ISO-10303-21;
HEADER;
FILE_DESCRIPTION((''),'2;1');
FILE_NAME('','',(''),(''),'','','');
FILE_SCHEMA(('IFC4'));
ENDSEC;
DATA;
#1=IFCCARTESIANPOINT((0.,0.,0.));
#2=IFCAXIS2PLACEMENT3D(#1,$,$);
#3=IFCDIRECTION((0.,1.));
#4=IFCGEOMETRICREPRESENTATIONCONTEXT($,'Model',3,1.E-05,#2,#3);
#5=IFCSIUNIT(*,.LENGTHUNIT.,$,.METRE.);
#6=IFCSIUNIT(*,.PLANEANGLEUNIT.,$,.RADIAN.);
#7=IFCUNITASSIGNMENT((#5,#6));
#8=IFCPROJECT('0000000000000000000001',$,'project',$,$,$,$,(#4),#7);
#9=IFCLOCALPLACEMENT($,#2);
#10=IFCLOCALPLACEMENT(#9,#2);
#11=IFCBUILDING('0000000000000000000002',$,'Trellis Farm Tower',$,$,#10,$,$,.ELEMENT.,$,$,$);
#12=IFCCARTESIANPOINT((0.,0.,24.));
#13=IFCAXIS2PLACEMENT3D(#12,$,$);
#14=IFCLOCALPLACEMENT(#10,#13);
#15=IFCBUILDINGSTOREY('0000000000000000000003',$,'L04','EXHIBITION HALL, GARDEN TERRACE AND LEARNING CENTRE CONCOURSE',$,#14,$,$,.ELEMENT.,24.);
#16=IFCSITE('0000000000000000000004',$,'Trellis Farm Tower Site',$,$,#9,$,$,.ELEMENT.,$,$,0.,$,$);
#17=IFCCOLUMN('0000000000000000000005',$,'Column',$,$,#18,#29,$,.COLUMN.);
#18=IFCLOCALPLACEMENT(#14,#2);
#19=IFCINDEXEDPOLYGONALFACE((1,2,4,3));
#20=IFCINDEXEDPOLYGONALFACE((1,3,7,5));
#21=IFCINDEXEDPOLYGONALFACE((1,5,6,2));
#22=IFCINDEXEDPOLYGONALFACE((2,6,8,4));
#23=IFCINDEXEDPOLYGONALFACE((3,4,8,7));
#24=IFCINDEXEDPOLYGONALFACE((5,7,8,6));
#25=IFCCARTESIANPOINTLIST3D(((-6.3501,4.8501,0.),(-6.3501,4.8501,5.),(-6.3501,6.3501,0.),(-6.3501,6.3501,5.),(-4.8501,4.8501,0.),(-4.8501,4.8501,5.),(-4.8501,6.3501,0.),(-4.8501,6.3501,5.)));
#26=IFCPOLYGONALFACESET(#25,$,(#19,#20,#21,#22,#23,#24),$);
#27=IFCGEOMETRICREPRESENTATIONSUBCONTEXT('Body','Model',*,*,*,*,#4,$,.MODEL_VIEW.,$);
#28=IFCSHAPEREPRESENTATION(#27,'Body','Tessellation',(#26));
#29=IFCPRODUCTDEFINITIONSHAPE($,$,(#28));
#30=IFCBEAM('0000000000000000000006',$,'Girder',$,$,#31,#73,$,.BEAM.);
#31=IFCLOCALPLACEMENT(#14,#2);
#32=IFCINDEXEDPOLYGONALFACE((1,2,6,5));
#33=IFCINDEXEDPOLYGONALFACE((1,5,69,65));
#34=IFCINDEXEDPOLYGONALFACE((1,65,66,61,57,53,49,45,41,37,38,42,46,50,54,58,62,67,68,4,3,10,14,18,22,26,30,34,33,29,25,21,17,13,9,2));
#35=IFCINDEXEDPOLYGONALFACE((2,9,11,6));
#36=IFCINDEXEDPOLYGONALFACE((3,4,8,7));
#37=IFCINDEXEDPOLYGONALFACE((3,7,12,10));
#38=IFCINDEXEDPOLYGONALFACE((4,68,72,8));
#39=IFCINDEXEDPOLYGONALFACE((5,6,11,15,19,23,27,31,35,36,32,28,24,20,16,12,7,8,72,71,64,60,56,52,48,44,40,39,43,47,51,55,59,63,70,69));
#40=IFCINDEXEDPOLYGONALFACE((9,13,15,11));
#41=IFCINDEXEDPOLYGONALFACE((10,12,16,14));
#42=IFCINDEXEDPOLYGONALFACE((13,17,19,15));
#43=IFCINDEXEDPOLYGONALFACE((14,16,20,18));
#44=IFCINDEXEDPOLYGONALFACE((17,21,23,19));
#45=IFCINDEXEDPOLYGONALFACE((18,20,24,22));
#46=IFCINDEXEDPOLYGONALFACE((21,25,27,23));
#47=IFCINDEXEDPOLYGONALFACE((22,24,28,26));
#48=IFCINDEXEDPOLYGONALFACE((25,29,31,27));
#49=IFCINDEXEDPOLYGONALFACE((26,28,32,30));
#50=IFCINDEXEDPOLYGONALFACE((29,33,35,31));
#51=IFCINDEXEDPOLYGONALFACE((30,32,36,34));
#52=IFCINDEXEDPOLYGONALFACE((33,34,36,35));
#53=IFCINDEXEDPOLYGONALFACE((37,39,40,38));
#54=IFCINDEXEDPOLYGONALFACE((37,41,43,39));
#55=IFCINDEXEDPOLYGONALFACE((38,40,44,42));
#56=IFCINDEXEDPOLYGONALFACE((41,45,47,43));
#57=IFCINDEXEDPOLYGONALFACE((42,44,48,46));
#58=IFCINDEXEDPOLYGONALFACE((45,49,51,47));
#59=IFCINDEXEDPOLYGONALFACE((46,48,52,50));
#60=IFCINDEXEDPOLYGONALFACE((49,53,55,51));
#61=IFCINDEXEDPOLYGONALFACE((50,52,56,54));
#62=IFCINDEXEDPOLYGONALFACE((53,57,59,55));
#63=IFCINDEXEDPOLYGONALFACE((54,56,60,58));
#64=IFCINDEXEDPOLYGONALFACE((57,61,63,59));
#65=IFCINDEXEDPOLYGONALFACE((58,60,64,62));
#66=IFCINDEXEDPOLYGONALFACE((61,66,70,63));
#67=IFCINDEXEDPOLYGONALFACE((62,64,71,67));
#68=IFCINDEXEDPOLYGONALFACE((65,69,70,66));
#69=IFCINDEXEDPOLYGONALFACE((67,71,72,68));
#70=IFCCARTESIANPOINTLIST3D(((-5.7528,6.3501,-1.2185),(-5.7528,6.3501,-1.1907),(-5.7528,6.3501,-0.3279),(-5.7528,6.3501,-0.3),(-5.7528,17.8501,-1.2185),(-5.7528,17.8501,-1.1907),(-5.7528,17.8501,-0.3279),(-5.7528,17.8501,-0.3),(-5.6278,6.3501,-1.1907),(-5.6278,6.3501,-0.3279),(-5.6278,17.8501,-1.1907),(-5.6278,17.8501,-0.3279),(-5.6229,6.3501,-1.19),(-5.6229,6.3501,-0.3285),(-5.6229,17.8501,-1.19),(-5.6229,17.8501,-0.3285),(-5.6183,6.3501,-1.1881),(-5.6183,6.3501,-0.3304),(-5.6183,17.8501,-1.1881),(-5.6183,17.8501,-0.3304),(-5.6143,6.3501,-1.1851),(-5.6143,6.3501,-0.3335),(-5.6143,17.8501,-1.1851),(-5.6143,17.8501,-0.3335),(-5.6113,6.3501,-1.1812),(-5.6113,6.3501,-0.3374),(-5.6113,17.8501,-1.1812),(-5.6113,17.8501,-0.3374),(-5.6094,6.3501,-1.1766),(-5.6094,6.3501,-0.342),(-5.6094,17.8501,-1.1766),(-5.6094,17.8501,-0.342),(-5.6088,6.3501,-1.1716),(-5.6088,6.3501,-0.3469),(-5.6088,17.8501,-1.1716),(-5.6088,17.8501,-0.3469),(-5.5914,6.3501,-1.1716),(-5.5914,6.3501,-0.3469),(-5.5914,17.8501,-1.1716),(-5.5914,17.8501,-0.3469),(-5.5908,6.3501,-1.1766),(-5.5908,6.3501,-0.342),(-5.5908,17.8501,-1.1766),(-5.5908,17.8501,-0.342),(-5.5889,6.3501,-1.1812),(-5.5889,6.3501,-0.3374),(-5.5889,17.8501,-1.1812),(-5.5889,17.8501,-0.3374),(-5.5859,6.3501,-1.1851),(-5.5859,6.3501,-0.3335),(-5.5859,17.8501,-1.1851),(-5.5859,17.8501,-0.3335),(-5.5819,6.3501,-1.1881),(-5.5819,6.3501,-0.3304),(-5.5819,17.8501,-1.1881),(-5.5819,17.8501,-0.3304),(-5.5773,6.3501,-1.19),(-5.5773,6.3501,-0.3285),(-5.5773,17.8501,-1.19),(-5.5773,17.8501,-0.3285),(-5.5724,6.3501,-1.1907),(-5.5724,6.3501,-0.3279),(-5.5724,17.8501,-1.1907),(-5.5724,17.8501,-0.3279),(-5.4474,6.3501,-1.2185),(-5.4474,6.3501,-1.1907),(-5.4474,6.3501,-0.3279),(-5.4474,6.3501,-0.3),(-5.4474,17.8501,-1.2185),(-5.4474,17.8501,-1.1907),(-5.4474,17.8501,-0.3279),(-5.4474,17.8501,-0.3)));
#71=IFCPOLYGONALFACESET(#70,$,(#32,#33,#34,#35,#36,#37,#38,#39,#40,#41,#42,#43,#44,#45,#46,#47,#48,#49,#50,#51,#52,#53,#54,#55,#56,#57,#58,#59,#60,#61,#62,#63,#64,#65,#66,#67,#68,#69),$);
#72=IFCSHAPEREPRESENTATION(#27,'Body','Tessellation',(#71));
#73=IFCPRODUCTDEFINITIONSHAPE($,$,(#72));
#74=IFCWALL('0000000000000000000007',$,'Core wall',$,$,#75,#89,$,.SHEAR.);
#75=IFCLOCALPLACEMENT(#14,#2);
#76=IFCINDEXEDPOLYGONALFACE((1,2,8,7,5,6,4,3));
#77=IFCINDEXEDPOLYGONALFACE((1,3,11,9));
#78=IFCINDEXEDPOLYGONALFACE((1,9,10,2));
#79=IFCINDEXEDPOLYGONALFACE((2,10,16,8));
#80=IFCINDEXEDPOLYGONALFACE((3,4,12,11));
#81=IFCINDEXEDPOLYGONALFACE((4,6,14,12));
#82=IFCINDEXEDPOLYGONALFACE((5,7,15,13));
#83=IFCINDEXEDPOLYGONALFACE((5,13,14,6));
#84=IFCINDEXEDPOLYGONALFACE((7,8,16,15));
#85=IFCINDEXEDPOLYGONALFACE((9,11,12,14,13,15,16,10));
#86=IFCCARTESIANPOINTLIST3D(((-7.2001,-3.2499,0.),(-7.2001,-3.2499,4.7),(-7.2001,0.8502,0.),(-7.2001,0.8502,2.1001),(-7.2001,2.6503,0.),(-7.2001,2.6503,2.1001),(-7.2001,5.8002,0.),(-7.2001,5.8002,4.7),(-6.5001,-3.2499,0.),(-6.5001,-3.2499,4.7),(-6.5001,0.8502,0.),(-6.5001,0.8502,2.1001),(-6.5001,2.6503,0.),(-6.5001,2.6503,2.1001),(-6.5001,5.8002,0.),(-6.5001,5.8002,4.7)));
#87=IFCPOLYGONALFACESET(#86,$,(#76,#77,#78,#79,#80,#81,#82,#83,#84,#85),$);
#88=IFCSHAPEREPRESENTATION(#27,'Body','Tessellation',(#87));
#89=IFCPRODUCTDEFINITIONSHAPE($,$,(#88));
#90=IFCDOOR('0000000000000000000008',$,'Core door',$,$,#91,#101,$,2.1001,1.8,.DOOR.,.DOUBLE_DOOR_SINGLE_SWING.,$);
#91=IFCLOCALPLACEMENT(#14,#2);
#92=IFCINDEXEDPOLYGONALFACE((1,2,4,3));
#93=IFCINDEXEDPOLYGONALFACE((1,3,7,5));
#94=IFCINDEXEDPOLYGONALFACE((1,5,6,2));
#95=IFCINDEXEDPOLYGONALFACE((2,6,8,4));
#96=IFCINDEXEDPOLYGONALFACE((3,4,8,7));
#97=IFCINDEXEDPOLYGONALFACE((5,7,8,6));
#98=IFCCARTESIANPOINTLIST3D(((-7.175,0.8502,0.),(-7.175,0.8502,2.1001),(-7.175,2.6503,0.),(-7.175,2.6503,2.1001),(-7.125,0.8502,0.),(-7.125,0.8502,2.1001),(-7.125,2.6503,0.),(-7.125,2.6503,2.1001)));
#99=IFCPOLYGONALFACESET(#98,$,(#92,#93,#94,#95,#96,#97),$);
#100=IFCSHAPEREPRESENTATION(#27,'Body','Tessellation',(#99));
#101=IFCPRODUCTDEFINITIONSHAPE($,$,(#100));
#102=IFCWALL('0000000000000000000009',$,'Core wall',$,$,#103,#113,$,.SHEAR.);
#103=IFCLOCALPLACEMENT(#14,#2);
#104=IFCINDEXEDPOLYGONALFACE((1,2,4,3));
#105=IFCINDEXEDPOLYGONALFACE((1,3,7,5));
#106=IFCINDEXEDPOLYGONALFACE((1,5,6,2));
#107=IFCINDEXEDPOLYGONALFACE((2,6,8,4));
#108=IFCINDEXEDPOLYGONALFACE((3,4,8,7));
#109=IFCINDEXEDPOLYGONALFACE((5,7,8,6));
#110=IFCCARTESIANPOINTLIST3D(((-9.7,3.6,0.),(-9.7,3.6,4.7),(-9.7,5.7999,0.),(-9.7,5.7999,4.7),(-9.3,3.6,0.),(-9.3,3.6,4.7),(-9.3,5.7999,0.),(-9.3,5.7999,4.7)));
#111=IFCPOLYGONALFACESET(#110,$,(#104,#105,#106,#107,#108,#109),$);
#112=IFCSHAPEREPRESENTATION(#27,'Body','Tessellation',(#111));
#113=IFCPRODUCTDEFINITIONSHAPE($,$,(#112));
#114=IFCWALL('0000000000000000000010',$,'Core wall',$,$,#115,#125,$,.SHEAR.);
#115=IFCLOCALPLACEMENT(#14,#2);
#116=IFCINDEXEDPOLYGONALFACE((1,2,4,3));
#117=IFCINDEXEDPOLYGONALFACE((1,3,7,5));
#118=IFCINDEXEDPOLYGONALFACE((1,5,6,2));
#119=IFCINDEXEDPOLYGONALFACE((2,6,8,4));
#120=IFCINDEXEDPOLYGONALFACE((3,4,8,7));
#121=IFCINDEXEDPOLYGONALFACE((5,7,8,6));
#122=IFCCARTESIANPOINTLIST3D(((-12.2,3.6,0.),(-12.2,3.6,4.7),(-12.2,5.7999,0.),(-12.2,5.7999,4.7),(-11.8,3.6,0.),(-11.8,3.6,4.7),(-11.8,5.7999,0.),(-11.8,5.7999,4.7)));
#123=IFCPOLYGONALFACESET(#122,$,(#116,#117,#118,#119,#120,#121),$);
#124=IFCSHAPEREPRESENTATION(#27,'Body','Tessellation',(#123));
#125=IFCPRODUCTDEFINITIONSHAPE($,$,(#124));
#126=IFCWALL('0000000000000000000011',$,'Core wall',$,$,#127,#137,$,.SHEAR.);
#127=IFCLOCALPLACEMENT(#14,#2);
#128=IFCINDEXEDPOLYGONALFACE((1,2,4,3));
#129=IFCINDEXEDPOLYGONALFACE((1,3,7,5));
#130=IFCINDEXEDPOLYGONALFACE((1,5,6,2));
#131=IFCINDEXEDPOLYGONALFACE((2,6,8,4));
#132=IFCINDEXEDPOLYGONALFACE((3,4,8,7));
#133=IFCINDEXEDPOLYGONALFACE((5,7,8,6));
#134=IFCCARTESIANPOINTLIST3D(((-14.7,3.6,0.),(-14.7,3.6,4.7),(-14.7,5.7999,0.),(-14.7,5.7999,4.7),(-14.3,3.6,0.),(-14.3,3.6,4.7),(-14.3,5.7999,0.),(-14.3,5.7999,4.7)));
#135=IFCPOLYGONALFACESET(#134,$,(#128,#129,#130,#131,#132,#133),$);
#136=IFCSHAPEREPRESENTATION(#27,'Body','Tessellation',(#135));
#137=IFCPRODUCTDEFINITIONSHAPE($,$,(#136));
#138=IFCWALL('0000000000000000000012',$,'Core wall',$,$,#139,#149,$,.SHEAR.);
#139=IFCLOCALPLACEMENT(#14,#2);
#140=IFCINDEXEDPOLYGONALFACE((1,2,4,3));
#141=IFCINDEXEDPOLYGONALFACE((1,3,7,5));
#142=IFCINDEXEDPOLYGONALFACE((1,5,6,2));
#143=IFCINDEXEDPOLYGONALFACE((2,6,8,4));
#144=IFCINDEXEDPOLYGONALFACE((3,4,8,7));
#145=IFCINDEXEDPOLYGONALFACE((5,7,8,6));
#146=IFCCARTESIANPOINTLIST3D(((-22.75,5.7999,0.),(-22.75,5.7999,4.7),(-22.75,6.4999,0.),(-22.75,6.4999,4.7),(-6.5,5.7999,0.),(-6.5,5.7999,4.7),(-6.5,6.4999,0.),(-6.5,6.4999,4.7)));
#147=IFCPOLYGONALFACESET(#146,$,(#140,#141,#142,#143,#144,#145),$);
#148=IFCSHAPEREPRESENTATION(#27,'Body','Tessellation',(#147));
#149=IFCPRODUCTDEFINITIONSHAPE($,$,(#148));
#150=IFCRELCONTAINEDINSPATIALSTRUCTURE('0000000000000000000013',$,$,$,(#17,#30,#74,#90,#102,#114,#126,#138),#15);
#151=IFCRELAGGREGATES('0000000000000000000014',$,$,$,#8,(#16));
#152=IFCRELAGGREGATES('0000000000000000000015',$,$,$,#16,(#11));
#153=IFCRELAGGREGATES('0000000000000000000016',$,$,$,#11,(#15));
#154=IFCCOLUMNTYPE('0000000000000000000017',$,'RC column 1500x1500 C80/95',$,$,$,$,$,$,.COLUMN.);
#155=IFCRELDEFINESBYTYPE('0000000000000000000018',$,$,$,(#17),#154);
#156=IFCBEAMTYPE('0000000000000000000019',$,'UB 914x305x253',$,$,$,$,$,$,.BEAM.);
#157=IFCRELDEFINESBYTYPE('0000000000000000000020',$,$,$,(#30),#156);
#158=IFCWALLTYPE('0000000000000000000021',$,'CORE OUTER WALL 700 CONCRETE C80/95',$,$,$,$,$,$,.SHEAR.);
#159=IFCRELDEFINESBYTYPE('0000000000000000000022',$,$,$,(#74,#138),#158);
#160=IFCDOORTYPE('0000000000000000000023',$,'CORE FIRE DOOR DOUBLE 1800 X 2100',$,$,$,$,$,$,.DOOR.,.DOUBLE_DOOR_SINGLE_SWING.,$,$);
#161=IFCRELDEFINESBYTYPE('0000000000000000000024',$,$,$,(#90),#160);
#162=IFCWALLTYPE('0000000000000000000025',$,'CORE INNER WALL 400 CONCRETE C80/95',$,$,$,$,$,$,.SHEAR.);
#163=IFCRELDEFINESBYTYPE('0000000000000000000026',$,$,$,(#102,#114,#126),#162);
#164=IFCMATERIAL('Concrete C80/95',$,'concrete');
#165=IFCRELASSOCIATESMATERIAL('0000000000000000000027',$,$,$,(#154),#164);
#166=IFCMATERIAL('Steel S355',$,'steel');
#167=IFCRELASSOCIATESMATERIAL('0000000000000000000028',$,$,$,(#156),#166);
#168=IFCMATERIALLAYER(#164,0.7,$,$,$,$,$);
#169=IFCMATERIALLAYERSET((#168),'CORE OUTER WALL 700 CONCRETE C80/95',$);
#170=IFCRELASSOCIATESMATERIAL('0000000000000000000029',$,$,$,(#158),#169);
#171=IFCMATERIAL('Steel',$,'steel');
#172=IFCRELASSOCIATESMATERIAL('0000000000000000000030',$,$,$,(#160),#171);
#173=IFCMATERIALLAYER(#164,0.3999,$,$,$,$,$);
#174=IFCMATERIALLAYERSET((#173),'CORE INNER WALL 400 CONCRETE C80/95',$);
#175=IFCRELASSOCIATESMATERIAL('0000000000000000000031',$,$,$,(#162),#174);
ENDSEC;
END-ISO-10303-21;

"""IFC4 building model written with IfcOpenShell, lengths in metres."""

from ifc_helpers import new_model, si_unit, direction, frame, frame_2d, origin, origin_2d, place, context, subcontext, project, spatial, rectangle, i_section, extrude, source, transform, mapped, material, layer, layer_set, material_profile, profile_set, type_object, element, fill, save


model = new_model("IFC4")

# Units and contexts
model_context = context("Model", 3, precision=1e-05, world=origin(), true_north=direction((0.0, 1.0)))
body_context = subcontext(model_context, "Body", "Model", "MODEL_VIEW")
ifc_project = project(units=[si_unit("LENGTHUNIT", "METRE"), si_unit("PLANEANGLEUNIT", "RADIAN")], contexts=[model_context])

# Site, building, storey
site_placement = place(None, origin())
site = spatial("IfcSite", under=ifc_project, at=site_placement, Name="Trellis Farm Tower Site", CompositionType="ELEMENT", RefElevation=0.0)
building_placement = place(site_placement, origin())
building = spatial("IfcBuilding", under=site, at=building_placement, Name="Trellis Farm Tower", CompositionType="ELEMENT")
storey_placement = place(building_placement, frame((0.0, 0.0, 24.0)))
storey = spatial("IfcBuildingStorey", under=building, at=storey_placement, Name="L04", Description="EXHIBITION HALL, GARDEN TERRACE AND LEARNING CENTRE CONCOURSE", CompositionType="ELEMENT", Elevation=24.0)

# Column
ifc_material_1 = material(Name="Concrete C80/95", Category="concrete")
ifc_material_profile_1 = material_profile(ifc_material_1, rectangle(XDim=1.5, YDim=1.5, at=origin_2d()), Name="RC column 1500x1500 C80/95")
ifc_profile_set_1 = profile_set([ifc_material_profile_1], Name="Concrete C80/95")
column_type = type_object("IfcColumnType", Name="RC column 1500x1500 C80/95", PredefinedType="COLUMN", material=ifc_profile_set_1)
shared_shape_1 = source(origin(), body_context, "Body", "SweptSolid", [
    extrude(rectangle(XDim=1.5, YDim=1.5, at=origin_2d()), origin(), (0.0, 0.0, 1.0), 5.0),
])
column_placement = place(storey_placement, frame((-5.6001, 5.6001, 0.0), z_axis=(0.0, 0.0, 1.0), x_axis=(1.0, 0.0, 0.0)))
element("IfcColumn", 1, at=column_placement, inside=storey, type_object=column_type, Name="Column", PredefinedType="COLUMN", context=body_context, shape_type="MappedRepresentation", body=[
    mapped(shared_shape_1, transform((0.0, 0.0, 0.0))),
])

# Beam
ifc_material_2 = material(Name="Steel S355", Category="steel")
ifc_material_profile_2 = material_profile(ifc_material_2, i_section(OverallWidth=0.3054, OverallDepth=0.9185, WebThickness=0.0173, FlangeThickness=0.0278, FilletRadius=0.019, at=origin_2d()), Name="UB 914x305x253")
ifc_profile_set_2 = profile_set([ifc_material_profile_2], Name="Steel S355")
beam_type = type_object("IfcBeamType", Name="UB 914x305x253", PredefinedType="BEAM", material=ifc_profile_set_2)
shared_shape_2 = source(origin(), body_context, "Body", "SweptSolid", [
    extrude(i_section(OverallWidth=0.3054, OverallDepth=0.9185, WebThickness=0.0173, FlangeThickness=0.0278, FilletRadius=0.019, at=origin_2d()), origin(), (0.0, 0.0, 1.0), 11.5),
])
beam_placement = place(storey_placement, frame((-5.6001, 6.3501, -0.7593), z_axis=(0.0, 1.0, 0.0), x_axis=(-1.0, 0.0, 0.0)))
element("IfcBeam", 2, at=beam_placement, inside=storey, type_object=beam_type, Name="Girder", PredefinedType="BEAM", context=body_context, shape_type="MappedRepresentation", body=[
    mapped(shared_shape_2, transform((0.0, 0.0, 0.0))),
])

# Wall, opening, door
ifc_layer_1 = layer(ifc_material_1, 0.7)
ifc_layer_set_1 = layer_set([ifc_layer_1], Name="CORE OUTER WALL 700 CONCRETE C80/95")
wall_type_1 = type_object("IfcWallType", Name="CORE OUTER WALL 700 CONCRETE C80/95", PredefinedType="SHEAR", material=ifc_layer_set_1)
shared_shape_3 = source(origin(), body_context, "Body", "SweptSolid", [
    extrude(rectangle(XDim=9.05, YDim=0.7, at=frame_2d((4.5249, 0.0))), origin(), (0.0, 0.0, 1.0), 4.7),
])
wall_1_placement = place(storey_placement, frame((-6.8501, 5.8, 0.0), z_axis=(0.0, 0.0, 1.0), x_axis=(0.0, -1.0, 0.0)))
wall_1 = element("IfcWall", 3, at=wall_1_placement, inside=storey, type_object=wall_type_1, Name="Core wall", PredefinedType="SHEAR", context=body_context, shape_type="MappedRepresentation", body=[
    mapped(shared_shape_3, transform((0.0, 0.0, 0.0))),
])
shared_shape_4 = source(origin(), body_context, "Body", "SweptSolid", [
    extrude(rectangle(XDim=1.8, YDim=2.1001, at=frame_2d((0.8999, 1.05))), frame((0.0, 0.3601, 0.0), z_axis=(0.0, -1.0, 0.0), x_axis=(1.0, 0.0, 0.0)), (0.0, 0.0, 1.0), 0.7202),
])
opening_1_placement = place(wall_1_placement, frame((3.1499, 0.0, 0.0)))
opening_1 = element("IfcOpeningElement", 4, at=opening_1_placement, cuts=wall_1, PredefinedType="OPENING", context=body_context, shape_type="MappedRepresentation", body=[
    mapped(shared_shape_4, transform((0.0, 0.0, 0.0))),
])
ifc_material_3 = material(Name="Steel", Category="steel")
door_type_1 = type_object("IfcDoorType", Name="CORE FIRE DOOR DOUBLE 1800 X 2100", OperationType="DOUBLE_DOOR_SINGLE_SWING", PredefinedType="DOOR", material=ifc_material_3)
shared_shape_5 = source(origin(), body_context, "Body", "SweptSolid", [
    extrude(rectangle(XDim=1.8, YDim=2.1001, at=frame_2d((0.8999, 1.05))), frame((0.0, -0.2749, 0.0), z_axis=(0.0, -1.0, 0.0), x_axis=(1.0, 0.0, 0.0)), (0.0, 0.0, 1.0), 0.05),
])
door_1_placement = place(opening_1_placement, origin())
door_1 = element("IfcDoor", 5, at=door_1_placement, inside=storey, type_object=door_type_1, Name="Core door", OperationType="DOUBLE_DOOR_SINGLE_SWING", OverallHeight=2.1001, OverallWidth=1.8, PredefinedType="DOOR", context=body_context, shape_type="MappedRepresentation", body=[
    mapped(shared_shape_5, transform((0.0, 0.0, 0.0))),
])
fill(opening_1, door_1)

# Walls
ifc_layer_2 = layer(ifc_material_1, 0.3999)
ifc_layer_set_2 = layer_set([ifc_layer_2], Name="CORE INNER WALL 400 CONCRETE C80/95")
wall_type_2 = type_object("IfcWallType", Name="CORE INNER WALL 400 CONCRETE C80/95", PredefinedType="SHEAR", material=ifc_layer_set_2)
shared_shape_6 = source(origin(), body_context, "Body", "SweptSolid", [
    extrude(rectangle(XDim=2.2, YDim=0.3999, at=frame_2d((1.1001, 0.0))), origin(), (0.0, 0.0, 1.0), 4.7),
])
for number, where, z_axis, x_axis, name in (
    (6, (-9.5, 5.8, 0.0), (0.0, 0.0, 1.0), (0.0, -1.0, 0.0), "Core wall"),
    (7, (-12.0, 5.8, 0.0), (0.0, 0.0, 1.0), (0.0, -1.0, 0.0), "Core wall"),
    (8, (-14.5, 5.8, 0.0), (0.0, 0.0, 1.0), (0.0, -1.0, 0.0), "Core wall"),
):
    element("IfcWall", number, at=place(storey_placement, frame(where, z_axis=z_axis, x_axis=x_axis)), inside=storey, type_object=wall_type_2, Name=name, PredefinedType="SHEAR", context=body_context, shape_type="MappedRepresentation", body=[
        mapped(shared_shape_6, transform((0.0, 0.0, 0.0))),
    ])
shared_shape_7 = source(origin(), body_context, "Body", "SweptSolid", [
    extrude(rectangle(XDim=16.25, YDim=0.7, at=frame_2d((8.125, 0.0))), origin(), (0.0, 0.0, 1.0), 4.7),
])
wall_2_placement = place(storey_placement, frame((-6.5, 6.1499, 0.0), z_axis=(0.0, 0.0, 1.0), x_axis=(-1.0, 0.0, 0.0)))
element("IfcWall", 9, at=wall_2_placement, inside=storey, type_object=wall_type_1, Name="Core wall", PredefinedType="SHEAR", context=body_context, shape_type="MappedRepresentation", body=[
    mapped(shared_shape_7, transform((0.0, 0.0, 0.0))),
])

save(model, "model.ifc")
